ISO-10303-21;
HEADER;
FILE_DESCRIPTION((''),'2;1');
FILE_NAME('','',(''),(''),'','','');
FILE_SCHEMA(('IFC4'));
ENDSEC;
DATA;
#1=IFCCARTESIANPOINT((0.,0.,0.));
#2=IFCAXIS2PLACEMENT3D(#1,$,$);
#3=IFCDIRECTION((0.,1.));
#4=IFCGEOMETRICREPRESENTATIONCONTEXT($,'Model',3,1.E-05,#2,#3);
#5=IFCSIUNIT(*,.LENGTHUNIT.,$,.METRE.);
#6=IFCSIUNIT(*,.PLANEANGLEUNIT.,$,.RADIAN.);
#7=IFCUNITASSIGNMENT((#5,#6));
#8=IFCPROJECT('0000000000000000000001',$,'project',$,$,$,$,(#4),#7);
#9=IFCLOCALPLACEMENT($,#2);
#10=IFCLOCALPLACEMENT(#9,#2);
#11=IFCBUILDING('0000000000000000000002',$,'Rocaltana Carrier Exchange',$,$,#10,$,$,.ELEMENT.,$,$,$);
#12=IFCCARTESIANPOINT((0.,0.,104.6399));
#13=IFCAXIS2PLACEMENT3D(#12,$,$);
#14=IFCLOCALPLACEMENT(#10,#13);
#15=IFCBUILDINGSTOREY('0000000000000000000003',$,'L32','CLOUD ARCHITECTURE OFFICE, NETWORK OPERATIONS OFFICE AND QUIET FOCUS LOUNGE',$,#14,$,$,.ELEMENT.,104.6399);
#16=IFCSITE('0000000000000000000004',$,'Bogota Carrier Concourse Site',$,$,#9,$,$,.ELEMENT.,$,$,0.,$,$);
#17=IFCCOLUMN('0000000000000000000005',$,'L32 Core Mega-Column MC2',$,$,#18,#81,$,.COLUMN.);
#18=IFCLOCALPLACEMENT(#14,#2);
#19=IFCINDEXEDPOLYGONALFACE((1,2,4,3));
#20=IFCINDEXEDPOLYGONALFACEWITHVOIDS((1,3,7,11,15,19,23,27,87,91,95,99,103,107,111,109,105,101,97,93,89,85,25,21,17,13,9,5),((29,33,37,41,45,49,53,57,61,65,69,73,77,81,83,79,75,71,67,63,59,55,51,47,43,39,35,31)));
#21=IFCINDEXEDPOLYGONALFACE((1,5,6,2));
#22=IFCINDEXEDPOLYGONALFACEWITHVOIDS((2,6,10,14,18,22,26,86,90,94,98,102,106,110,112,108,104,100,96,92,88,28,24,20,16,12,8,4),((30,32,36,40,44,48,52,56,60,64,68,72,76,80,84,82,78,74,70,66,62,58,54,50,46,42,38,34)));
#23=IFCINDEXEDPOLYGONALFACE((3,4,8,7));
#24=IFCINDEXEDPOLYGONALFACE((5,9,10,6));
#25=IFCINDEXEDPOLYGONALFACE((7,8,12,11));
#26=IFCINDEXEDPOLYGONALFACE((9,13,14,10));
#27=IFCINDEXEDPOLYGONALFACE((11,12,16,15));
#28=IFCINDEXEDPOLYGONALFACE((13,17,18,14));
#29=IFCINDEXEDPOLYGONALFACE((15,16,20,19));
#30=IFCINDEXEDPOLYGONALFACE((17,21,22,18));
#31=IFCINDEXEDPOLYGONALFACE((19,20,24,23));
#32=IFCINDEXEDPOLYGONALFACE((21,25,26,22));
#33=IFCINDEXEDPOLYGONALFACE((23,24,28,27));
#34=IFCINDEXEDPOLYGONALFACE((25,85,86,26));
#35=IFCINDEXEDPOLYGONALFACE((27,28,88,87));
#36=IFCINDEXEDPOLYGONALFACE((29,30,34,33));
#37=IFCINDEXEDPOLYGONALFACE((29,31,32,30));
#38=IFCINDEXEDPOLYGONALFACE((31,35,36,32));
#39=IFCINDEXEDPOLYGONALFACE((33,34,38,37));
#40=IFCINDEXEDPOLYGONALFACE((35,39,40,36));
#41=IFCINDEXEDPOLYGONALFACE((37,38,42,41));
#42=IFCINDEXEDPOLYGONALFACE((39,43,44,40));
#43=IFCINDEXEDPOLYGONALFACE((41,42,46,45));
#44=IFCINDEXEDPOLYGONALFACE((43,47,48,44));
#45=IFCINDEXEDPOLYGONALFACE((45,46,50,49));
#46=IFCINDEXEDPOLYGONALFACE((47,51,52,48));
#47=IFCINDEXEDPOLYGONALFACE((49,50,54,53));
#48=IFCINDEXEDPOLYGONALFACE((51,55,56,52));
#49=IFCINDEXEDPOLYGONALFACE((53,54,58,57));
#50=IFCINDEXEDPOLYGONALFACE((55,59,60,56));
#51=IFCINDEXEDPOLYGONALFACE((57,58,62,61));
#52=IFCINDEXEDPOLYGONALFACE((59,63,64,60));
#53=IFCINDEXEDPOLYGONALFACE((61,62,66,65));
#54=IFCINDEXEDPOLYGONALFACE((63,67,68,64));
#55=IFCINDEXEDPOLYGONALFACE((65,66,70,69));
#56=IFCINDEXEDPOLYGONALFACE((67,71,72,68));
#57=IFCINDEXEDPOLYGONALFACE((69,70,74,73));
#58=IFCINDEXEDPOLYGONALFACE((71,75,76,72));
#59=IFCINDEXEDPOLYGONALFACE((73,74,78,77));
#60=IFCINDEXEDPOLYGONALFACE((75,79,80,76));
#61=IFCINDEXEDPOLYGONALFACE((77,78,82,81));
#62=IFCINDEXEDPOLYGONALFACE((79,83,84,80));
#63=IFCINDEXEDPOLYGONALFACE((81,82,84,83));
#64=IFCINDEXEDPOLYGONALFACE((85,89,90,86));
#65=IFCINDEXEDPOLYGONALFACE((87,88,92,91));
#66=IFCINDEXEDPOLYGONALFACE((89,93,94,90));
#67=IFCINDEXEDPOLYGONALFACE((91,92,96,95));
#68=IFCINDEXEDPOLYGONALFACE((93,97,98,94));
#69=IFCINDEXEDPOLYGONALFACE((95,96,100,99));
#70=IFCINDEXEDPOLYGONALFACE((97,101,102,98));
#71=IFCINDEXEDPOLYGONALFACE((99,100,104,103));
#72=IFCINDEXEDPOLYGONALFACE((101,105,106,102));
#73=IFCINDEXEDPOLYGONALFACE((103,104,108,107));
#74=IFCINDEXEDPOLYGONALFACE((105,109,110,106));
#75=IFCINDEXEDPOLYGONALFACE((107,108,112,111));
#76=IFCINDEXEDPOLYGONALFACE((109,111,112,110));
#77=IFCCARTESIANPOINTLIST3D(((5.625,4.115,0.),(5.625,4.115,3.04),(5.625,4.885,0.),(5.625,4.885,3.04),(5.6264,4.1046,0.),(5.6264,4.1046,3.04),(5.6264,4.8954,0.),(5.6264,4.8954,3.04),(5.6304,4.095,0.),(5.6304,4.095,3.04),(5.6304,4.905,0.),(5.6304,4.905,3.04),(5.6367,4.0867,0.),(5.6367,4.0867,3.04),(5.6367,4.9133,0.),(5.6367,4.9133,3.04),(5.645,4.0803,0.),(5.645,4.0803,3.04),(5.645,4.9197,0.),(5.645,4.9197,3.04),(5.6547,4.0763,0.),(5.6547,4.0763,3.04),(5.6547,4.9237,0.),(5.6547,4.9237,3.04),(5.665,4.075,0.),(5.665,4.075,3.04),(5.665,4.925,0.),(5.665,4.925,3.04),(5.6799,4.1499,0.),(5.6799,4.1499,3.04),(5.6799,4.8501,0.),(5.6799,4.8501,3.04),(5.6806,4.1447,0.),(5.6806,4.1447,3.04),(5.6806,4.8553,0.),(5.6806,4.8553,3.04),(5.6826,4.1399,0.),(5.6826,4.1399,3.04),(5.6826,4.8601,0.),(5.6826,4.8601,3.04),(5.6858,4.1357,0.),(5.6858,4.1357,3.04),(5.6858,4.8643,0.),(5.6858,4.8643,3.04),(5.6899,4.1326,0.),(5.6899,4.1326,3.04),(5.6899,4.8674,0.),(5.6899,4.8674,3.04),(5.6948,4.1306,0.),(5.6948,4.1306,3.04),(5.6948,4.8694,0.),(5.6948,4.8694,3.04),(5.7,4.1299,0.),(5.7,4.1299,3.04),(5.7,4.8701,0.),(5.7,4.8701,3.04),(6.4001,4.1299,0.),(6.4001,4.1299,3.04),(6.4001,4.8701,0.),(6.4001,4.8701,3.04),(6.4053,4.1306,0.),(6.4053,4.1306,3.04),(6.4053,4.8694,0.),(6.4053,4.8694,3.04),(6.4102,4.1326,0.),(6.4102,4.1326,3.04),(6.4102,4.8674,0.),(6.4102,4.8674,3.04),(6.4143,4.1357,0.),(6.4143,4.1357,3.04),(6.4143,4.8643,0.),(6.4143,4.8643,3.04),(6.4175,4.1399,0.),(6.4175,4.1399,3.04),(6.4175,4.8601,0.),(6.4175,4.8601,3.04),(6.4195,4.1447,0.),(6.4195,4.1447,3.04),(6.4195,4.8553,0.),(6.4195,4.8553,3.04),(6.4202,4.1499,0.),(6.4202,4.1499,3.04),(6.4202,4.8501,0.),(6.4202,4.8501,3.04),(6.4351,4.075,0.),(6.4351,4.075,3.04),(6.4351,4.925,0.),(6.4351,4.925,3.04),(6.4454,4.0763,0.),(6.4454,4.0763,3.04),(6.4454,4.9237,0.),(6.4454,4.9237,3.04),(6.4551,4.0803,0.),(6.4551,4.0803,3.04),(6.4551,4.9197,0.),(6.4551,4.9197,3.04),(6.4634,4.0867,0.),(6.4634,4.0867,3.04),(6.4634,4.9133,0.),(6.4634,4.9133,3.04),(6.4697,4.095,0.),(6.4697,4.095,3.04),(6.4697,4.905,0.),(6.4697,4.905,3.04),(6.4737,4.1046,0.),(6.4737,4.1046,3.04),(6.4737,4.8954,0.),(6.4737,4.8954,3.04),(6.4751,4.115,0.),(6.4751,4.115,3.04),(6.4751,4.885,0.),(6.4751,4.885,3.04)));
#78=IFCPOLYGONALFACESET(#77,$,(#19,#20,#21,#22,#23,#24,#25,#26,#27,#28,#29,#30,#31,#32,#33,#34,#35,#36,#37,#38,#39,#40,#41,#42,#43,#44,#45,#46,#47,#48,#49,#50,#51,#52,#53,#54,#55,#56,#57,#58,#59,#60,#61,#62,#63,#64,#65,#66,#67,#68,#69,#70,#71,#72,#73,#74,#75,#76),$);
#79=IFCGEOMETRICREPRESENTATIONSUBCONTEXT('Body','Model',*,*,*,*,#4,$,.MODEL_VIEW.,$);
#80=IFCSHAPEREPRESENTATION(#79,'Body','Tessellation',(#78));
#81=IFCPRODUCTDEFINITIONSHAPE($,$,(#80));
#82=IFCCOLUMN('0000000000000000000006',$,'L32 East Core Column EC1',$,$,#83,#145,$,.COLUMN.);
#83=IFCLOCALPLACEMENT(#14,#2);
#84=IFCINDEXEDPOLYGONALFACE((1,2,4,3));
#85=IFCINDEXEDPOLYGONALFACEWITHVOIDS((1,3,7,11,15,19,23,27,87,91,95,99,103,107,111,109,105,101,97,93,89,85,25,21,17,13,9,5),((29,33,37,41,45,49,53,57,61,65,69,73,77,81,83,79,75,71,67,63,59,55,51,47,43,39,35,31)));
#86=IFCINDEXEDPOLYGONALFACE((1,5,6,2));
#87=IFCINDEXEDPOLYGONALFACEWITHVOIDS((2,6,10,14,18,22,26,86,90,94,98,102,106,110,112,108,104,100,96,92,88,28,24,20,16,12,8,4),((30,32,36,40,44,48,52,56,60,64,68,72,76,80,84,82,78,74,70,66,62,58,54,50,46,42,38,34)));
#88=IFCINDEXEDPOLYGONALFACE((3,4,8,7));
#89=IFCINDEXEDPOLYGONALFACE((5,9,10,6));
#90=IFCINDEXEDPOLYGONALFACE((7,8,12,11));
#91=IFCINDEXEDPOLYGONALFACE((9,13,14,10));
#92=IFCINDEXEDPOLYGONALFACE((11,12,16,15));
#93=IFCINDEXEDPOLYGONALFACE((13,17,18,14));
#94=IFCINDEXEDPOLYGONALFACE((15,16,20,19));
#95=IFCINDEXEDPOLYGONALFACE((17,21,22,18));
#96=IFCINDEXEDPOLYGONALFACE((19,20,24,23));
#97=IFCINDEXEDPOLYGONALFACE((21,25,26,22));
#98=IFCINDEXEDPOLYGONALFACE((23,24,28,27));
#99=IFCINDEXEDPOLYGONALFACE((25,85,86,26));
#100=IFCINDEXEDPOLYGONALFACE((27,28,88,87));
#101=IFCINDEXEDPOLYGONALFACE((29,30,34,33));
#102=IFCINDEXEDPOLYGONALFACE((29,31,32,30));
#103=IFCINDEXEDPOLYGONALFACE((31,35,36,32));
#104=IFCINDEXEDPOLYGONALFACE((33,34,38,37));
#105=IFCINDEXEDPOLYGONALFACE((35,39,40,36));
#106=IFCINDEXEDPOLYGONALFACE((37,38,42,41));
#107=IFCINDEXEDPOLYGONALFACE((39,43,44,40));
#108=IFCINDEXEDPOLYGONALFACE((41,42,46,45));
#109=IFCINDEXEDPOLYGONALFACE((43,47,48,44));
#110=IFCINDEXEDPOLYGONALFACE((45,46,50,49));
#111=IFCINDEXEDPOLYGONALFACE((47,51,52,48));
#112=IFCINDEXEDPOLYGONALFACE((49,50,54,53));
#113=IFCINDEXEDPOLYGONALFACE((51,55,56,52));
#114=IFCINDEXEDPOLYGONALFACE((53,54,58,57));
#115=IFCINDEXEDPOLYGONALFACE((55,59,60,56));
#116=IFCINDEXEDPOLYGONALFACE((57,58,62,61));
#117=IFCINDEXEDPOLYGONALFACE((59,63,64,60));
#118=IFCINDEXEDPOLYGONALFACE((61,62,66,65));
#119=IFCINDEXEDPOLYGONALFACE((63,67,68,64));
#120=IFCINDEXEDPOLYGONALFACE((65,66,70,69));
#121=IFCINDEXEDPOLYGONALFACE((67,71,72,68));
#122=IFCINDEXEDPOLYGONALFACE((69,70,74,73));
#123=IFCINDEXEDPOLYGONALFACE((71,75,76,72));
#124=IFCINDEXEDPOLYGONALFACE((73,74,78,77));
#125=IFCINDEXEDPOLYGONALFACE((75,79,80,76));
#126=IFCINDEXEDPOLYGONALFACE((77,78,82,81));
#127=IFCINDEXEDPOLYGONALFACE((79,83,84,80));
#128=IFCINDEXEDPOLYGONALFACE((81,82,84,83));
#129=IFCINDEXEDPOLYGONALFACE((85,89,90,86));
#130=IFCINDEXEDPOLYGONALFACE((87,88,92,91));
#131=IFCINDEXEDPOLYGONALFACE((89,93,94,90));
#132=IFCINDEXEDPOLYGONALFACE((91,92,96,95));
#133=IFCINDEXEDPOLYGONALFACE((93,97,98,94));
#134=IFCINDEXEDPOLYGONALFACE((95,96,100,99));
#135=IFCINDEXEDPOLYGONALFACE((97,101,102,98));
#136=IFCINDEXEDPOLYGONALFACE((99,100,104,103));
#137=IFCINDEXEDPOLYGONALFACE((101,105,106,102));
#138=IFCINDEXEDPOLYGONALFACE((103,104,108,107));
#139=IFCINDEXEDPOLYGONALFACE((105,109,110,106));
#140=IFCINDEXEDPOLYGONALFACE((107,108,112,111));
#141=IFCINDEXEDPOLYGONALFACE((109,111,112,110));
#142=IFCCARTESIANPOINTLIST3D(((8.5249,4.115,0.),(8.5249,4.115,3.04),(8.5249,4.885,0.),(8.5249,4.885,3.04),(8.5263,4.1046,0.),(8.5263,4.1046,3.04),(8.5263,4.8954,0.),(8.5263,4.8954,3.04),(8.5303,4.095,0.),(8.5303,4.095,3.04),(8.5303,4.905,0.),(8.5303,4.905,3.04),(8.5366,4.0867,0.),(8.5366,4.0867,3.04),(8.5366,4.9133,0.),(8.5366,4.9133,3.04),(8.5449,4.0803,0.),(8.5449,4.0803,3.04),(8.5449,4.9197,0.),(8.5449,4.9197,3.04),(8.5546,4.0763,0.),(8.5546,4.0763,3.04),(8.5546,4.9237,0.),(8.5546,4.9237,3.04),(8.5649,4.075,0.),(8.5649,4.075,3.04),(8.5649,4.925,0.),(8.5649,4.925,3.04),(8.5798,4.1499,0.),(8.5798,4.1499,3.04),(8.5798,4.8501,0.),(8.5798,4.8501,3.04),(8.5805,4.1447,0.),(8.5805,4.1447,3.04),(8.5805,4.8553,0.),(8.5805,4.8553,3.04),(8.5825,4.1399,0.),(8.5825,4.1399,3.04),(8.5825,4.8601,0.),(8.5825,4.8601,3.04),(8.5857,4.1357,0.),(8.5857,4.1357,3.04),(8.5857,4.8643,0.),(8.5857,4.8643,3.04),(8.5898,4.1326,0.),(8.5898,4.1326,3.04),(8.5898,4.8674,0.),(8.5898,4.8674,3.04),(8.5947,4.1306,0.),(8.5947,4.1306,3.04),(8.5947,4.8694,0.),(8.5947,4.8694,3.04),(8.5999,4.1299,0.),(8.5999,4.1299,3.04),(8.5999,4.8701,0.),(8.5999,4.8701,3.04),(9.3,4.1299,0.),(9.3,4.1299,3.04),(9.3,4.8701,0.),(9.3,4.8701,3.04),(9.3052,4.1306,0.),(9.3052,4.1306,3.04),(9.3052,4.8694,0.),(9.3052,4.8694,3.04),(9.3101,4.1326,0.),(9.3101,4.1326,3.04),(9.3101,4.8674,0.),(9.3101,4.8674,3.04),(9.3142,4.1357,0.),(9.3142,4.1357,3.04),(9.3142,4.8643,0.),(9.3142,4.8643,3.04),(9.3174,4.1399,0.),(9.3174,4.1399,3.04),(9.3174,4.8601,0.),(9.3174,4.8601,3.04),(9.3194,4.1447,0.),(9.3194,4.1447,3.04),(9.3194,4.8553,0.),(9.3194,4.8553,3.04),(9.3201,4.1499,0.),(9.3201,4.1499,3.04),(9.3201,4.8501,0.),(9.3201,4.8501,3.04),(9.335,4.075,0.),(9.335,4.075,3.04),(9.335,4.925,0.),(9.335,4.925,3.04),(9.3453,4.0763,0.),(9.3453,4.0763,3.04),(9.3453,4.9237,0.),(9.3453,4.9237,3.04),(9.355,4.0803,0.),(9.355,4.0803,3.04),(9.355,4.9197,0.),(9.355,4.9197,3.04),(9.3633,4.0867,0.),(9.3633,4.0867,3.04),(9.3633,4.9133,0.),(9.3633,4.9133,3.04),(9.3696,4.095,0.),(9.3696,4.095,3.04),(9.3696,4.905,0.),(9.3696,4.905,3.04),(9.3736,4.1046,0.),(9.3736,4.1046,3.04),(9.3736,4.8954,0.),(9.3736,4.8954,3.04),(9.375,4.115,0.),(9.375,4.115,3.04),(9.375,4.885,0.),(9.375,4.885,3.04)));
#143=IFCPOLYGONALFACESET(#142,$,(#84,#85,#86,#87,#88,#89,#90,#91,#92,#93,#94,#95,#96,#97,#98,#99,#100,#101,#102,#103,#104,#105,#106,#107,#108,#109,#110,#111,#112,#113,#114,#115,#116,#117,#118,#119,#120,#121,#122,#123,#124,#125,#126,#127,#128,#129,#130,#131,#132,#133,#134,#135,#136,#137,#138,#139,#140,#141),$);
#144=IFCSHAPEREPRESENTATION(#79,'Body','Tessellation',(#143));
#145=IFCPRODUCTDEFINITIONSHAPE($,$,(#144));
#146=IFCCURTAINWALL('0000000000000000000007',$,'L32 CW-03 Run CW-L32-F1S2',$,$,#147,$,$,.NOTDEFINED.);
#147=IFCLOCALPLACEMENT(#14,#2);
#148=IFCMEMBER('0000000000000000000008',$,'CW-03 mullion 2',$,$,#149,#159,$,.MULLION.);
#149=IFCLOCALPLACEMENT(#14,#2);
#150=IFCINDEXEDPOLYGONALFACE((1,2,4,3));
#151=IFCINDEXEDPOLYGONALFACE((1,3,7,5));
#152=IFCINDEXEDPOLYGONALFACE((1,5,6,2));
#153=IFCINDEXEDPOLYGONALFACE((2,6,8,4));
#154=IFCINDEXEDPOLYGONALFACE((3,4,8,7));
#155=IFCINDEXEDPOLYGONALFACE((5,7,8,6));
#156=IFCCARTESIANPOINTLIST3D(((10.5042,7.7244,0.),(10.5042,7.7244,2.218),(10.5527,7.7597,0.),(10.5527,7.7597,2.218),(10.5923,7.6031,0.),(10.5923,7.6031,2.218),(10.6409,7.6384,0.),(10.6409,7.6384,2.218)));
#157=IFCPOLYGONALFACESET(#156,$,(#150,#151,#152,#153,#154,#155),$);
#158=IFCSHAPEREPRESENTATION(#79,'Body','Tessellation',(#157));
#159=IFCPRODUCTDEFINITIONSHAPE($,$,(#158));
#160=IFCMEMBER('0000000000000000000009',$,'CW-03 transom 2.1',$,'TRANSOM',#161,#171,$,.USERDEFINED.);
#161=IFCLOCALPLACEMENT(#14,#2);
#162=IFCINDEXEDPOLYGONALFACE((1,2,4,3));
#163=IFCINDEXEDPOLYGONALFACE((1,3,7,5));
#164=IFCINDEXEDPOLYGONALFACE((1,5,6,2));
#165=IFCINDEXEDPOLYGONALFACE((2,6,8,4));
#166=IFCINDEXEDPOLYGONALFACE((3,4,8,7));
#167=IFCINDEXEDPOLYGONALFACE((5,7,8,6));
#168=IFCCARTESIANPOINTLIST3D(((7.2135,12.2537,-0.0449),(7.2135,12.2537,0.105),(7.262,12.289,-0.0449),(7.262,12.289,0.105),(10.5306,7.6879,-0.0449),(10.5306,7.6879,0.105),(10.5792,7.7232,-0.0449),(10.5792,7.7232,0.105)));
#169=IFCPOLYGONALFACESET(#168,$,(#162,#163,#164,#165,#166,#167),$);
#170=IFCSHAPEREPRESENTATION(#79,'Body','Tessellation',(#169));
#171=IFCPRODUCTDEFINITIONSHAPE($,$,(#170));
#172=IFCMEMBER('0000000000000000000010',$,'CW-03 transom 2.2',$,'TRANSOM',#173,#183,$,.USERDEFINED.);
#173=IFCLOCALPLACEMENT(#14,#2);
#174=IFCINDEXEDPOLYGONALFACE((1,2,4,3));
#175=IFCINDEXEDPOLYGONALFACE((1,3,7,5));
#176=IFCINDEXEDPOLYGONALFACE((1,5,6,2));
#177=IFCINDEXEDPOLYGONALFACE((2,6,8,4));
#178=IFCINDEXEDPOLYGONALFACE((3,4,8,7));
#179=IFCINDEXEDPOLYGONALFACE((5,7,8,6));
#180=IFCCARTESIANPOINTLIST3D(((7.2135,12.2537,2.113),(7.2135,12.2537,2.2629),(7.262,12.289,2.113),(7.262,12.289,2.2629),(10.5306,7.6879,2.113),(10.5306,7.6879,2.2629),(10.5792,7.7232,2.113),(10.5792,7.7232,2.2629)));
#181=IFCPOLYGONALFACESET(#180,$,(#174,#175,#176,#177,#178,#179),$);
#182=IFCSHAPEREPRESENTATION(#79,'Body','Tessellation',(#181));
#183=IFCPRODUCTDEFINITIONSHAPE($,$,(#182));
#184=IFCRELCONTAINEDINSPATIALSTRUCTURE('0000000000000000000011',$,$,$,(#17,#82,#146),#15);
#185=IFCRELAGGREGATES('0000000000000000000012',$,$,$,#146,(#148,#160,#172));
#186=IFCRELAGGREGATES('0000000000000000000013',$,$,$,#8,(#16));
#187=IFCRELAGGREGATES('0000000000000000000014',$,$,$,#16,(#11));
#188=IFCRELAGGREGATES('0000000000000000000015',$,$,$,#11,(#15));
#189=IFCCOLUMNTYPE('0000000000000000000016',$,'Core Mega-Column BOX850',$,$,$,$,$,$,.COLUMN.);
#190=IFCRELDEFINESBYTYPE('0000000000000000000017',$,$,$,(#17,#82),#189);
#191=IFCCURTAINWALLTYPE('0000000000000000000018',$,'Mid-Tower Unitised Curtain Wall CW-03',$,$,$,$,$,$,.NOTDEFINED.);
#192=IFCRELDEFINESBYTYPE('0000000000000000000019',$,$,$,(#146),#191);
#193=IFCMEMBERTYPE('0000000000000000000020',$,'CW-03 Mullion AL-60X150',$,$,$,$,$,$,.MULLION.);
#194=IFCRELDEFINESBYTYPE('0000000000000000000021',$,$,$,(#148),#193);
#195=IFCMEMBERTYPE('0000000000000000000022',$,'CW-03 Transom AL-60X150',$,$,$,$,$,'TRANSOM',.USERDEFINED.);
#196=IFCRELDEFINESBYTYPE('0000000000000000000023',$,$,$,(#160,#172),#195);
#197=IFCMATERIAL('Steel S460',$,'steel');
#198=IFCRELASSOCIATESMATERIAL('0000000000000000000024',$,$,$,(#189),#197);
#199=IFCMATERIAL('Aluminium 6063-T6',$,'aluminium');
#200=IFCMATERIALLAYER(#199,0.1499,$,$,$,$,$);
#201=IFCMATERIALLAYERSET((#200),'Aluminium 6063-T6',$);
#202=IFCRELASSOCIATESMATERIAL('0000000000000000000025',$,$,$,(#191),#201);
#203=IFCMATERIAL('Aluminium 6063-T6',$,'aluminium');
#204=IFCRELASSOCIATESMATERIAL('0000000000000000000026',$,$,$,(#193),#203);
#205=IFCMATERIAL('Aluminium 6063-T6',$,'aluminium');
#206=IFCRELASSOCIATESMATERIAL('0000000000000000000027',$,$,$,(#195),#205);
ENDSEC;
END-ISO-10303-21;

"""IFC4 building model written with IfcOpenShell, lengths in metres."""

from ifc_helpers import new_model, si_unit, direction, frame, origin, origin_2d, place, context, subcontext, project, spatial, rectangle, hollow_rectangle, extrude, material, layer, layer_set, material_profile, profile_set, type_object, element, aggregate, save


model = new_model("IFC4")

# Units and contexts
model_context = context("Model", 3, precision=1e-05, world=origin(), true_north=direction((0.0, 1.0)))
body_context = subcontext(model_context, "Body", "Model", "MODEL_VIEW")
ifc_project = project(units=[si_unit("LENGTHUNIT", "METRE"), si_unit("PLANEANGLEUNIT", "RADIAN")], contexts=[model_context])

# Site, building, storey
site_placement = place(None, origin())
site = spatial("IfcSite", under=ifc_project, at=site_placement, Name="Bogota Carrier Concourse Site", CompositionType="ELEMENT", RefElevation=0.0)
building_placement = place(site_placement, origin())
building = spatial("IfcBuilding", under=site, at=building_placement, Name="Rocaltana Carrier Exchange", CompositionType="ELEMENT")
storey_placement = place(building_placement, frame((0.0, 0.0, 104.6399)))
storey = spatial("IfcBuildingStorey", under=building, at=storey_placement, Name="L32", Description="CLOUD ARCHITECTURE OFFICE, NETWORK OPERATIONS OFFICE AND QUIET FOCUS LOUNGE", CompositionType="ELEMENT", Elevation=104.6399)

# Columns
ifc_material_1 = material(Name="Steel S460", Category="steel")
ifc_material_profile_1 = material_profile(ifc_material_1, hollow_rectangle(XDim=0.8501, YDim=0.8501, WallThickness=0.0549, InnerFilletRadius=0.02, OuterFilletRadius=0.04, at=origin_2d()), Name="BOX850X850X55")
ifc_profile_set_1 = profile_set([ifc_material_profile_1], Name="Steel S460")
column_type = type_object("IfcColumnType", Name="Core Mega-Column BOX850", PredefinedType="COLUMN", material=ifc_profile_set_1)
for number, where, z_axis, x_axis, name in (
    (1, (6.05, 4.5, 0.0), (0.0, 0.0, 1.0), (1.0, 0.0, 0.0), "L32 Core Mega-Column MC2"),
    (2, (8.95, 4.5, 0.0), (0.0, 0.0, 1.0), (1.0, 0.0, 0.0), "L32 East Core Column EC1"),
):
    element("IfcColumn", number, at=place(storey_placement, frame(where, z_axis=z_axis, x_axis=x_axis)), inside=storey, type_object=column_type, Name=name, PredefinedType="COLUMN", context=body_context, shape_type="SweptSolid", body=[
        extrude(hollow_rectangle(XDim=0.8501, YDim=0.8501, WallThickness=0.0549, InnerFilletRadius=0.02, OuterFilletRadius=0.04, at=origin_2d()), origin(), (0.0, 0.0, 1.0), 3.04),
    ])

# Curtain wall, members
ifc_material_2 = material(Name="Aluminium 6063-T6", Category="aluminium")
ifc_layer_1 = layer(ifc_material_2, 0.1499)
ifc_layer_set_1 = layer_set([ifc_layer_1], Name="Aluminium 6063-T6")
curtain_wall_type = type_object("IfcCurtainWallType", Name="Mid-Tower Unitised Curtain Wall CW-03", PredefinedType="NOTDEFINED", material=ifc_layer_set_1)
curtain_wall_placement = place(storey_placement, origin())
curtain_wall = element("IfcCurtainWall", 3, at=curtain_wall_placement, inside=storey, type_object=curtain_wall_type, Name="L32 CW-03 Run CW-L32-F1S2", PredefinedType="NOTDEFINED")
ifc_material_3 = material(Name="Aluminium 6063-T6", Category="aluminium")
ifc_material_profile_2 = material_profile(ifc_material_3, rectangle(XDim=0.0601, YDim=0.1499, at=origin_2d()), Name="AL-60X150")
ifc_profile_set_2 = profile_set([ifc_material_profile_2], Name="Aluminium 6063-T6")
member_type_1 = type_object("IfcMemberType", Name="CW-03 Mullion AL-60X150", PredefinedType="MULLION", material=ifc_profile_set_2)
member_1_placement = place(storey_placement, frame((10.5725, 7.6814, 0.0), z_axis=(0.0, 0.0, 1.0), x_axis=(-0.809014, -0.58779, 0.0)))
member_1 = element("IfcMember", 4, at=member_1_placement, type_object=member_type_1, Name="CW-03 mullion 2", PredefinedType="MULLION", context=body_context, shape_type="SweptSolid", body=[
    extrude(rectangle(XDim=0.0601, YDim=0.1499, at=origin_2d()), origin(), (0.0, 0.0, 1.0), 2.218),
])
ifc_material_4 = material(Name="Aluminium 6063-T6", Category="aluminium")
ifc_material_profile_3 = material_profile(ifc_material_4, rectangle(XDim=0.0601, YDim=0.1499, at=origin_2d()), Name="AL-60X150")
ifc_profile_set_3 = profile_set([ifc_material_profile_3], Name="Aluminium 6063-T6")
member_type_2 = type_object("IfcMemberType", Name="CW-03 Transom AL-60X150", ElementType="TRANSOM", PredefinedType="USERDEFINED", material=ifc_profile_set_3)
member_2_placement = place(storey_placement, frame((10.5549, 7.7056, 0.03), z_axis=(-0.587783, 0.809018, 0.0), x_axis=(-0.809018, -0.587783, 0.0)))
member_2 = element("IfcMember", 5, at=member_2_placement, type_object=member_type_2, Name="CW-03 transom 2.1", ObjectType="TRANSOM", PredefinedType="USERDEFINED", context=body_context, shape_type="SweptSolid", body=[
    extrude(rectangle(XDim=0.0601, YDim=0.1499, at=origin_2d()), origin(), (0.0, 0.0, 1.0), 5.6436),
])
member_3_placement = place(storey_placement, frame((10.5549, 7.7056, 2.188), z_axis=(-0.587783, 0.809018, 0.0), x_axis=(-0.809018, -0.587783, 0.0)))
member_3 = element("IfcMember", 6, at=member_3_placement, type_object=member_type_2, Name="CW-03 transom 2.2", ObjectType="TRANSOM", PredefinedType="USERDEFINED", context=body_context, shape_type="SweptSolid", body=[
    extrude(rectangle(XDim=0.0601, YDim=0.1499, at=origin_2d()), origin(), (0.0, 0.0, 1.0), 5.6436),
])

aggregate(curtain_wall, [member_1, member_2, member_3])

save(model, "model.ifc")
